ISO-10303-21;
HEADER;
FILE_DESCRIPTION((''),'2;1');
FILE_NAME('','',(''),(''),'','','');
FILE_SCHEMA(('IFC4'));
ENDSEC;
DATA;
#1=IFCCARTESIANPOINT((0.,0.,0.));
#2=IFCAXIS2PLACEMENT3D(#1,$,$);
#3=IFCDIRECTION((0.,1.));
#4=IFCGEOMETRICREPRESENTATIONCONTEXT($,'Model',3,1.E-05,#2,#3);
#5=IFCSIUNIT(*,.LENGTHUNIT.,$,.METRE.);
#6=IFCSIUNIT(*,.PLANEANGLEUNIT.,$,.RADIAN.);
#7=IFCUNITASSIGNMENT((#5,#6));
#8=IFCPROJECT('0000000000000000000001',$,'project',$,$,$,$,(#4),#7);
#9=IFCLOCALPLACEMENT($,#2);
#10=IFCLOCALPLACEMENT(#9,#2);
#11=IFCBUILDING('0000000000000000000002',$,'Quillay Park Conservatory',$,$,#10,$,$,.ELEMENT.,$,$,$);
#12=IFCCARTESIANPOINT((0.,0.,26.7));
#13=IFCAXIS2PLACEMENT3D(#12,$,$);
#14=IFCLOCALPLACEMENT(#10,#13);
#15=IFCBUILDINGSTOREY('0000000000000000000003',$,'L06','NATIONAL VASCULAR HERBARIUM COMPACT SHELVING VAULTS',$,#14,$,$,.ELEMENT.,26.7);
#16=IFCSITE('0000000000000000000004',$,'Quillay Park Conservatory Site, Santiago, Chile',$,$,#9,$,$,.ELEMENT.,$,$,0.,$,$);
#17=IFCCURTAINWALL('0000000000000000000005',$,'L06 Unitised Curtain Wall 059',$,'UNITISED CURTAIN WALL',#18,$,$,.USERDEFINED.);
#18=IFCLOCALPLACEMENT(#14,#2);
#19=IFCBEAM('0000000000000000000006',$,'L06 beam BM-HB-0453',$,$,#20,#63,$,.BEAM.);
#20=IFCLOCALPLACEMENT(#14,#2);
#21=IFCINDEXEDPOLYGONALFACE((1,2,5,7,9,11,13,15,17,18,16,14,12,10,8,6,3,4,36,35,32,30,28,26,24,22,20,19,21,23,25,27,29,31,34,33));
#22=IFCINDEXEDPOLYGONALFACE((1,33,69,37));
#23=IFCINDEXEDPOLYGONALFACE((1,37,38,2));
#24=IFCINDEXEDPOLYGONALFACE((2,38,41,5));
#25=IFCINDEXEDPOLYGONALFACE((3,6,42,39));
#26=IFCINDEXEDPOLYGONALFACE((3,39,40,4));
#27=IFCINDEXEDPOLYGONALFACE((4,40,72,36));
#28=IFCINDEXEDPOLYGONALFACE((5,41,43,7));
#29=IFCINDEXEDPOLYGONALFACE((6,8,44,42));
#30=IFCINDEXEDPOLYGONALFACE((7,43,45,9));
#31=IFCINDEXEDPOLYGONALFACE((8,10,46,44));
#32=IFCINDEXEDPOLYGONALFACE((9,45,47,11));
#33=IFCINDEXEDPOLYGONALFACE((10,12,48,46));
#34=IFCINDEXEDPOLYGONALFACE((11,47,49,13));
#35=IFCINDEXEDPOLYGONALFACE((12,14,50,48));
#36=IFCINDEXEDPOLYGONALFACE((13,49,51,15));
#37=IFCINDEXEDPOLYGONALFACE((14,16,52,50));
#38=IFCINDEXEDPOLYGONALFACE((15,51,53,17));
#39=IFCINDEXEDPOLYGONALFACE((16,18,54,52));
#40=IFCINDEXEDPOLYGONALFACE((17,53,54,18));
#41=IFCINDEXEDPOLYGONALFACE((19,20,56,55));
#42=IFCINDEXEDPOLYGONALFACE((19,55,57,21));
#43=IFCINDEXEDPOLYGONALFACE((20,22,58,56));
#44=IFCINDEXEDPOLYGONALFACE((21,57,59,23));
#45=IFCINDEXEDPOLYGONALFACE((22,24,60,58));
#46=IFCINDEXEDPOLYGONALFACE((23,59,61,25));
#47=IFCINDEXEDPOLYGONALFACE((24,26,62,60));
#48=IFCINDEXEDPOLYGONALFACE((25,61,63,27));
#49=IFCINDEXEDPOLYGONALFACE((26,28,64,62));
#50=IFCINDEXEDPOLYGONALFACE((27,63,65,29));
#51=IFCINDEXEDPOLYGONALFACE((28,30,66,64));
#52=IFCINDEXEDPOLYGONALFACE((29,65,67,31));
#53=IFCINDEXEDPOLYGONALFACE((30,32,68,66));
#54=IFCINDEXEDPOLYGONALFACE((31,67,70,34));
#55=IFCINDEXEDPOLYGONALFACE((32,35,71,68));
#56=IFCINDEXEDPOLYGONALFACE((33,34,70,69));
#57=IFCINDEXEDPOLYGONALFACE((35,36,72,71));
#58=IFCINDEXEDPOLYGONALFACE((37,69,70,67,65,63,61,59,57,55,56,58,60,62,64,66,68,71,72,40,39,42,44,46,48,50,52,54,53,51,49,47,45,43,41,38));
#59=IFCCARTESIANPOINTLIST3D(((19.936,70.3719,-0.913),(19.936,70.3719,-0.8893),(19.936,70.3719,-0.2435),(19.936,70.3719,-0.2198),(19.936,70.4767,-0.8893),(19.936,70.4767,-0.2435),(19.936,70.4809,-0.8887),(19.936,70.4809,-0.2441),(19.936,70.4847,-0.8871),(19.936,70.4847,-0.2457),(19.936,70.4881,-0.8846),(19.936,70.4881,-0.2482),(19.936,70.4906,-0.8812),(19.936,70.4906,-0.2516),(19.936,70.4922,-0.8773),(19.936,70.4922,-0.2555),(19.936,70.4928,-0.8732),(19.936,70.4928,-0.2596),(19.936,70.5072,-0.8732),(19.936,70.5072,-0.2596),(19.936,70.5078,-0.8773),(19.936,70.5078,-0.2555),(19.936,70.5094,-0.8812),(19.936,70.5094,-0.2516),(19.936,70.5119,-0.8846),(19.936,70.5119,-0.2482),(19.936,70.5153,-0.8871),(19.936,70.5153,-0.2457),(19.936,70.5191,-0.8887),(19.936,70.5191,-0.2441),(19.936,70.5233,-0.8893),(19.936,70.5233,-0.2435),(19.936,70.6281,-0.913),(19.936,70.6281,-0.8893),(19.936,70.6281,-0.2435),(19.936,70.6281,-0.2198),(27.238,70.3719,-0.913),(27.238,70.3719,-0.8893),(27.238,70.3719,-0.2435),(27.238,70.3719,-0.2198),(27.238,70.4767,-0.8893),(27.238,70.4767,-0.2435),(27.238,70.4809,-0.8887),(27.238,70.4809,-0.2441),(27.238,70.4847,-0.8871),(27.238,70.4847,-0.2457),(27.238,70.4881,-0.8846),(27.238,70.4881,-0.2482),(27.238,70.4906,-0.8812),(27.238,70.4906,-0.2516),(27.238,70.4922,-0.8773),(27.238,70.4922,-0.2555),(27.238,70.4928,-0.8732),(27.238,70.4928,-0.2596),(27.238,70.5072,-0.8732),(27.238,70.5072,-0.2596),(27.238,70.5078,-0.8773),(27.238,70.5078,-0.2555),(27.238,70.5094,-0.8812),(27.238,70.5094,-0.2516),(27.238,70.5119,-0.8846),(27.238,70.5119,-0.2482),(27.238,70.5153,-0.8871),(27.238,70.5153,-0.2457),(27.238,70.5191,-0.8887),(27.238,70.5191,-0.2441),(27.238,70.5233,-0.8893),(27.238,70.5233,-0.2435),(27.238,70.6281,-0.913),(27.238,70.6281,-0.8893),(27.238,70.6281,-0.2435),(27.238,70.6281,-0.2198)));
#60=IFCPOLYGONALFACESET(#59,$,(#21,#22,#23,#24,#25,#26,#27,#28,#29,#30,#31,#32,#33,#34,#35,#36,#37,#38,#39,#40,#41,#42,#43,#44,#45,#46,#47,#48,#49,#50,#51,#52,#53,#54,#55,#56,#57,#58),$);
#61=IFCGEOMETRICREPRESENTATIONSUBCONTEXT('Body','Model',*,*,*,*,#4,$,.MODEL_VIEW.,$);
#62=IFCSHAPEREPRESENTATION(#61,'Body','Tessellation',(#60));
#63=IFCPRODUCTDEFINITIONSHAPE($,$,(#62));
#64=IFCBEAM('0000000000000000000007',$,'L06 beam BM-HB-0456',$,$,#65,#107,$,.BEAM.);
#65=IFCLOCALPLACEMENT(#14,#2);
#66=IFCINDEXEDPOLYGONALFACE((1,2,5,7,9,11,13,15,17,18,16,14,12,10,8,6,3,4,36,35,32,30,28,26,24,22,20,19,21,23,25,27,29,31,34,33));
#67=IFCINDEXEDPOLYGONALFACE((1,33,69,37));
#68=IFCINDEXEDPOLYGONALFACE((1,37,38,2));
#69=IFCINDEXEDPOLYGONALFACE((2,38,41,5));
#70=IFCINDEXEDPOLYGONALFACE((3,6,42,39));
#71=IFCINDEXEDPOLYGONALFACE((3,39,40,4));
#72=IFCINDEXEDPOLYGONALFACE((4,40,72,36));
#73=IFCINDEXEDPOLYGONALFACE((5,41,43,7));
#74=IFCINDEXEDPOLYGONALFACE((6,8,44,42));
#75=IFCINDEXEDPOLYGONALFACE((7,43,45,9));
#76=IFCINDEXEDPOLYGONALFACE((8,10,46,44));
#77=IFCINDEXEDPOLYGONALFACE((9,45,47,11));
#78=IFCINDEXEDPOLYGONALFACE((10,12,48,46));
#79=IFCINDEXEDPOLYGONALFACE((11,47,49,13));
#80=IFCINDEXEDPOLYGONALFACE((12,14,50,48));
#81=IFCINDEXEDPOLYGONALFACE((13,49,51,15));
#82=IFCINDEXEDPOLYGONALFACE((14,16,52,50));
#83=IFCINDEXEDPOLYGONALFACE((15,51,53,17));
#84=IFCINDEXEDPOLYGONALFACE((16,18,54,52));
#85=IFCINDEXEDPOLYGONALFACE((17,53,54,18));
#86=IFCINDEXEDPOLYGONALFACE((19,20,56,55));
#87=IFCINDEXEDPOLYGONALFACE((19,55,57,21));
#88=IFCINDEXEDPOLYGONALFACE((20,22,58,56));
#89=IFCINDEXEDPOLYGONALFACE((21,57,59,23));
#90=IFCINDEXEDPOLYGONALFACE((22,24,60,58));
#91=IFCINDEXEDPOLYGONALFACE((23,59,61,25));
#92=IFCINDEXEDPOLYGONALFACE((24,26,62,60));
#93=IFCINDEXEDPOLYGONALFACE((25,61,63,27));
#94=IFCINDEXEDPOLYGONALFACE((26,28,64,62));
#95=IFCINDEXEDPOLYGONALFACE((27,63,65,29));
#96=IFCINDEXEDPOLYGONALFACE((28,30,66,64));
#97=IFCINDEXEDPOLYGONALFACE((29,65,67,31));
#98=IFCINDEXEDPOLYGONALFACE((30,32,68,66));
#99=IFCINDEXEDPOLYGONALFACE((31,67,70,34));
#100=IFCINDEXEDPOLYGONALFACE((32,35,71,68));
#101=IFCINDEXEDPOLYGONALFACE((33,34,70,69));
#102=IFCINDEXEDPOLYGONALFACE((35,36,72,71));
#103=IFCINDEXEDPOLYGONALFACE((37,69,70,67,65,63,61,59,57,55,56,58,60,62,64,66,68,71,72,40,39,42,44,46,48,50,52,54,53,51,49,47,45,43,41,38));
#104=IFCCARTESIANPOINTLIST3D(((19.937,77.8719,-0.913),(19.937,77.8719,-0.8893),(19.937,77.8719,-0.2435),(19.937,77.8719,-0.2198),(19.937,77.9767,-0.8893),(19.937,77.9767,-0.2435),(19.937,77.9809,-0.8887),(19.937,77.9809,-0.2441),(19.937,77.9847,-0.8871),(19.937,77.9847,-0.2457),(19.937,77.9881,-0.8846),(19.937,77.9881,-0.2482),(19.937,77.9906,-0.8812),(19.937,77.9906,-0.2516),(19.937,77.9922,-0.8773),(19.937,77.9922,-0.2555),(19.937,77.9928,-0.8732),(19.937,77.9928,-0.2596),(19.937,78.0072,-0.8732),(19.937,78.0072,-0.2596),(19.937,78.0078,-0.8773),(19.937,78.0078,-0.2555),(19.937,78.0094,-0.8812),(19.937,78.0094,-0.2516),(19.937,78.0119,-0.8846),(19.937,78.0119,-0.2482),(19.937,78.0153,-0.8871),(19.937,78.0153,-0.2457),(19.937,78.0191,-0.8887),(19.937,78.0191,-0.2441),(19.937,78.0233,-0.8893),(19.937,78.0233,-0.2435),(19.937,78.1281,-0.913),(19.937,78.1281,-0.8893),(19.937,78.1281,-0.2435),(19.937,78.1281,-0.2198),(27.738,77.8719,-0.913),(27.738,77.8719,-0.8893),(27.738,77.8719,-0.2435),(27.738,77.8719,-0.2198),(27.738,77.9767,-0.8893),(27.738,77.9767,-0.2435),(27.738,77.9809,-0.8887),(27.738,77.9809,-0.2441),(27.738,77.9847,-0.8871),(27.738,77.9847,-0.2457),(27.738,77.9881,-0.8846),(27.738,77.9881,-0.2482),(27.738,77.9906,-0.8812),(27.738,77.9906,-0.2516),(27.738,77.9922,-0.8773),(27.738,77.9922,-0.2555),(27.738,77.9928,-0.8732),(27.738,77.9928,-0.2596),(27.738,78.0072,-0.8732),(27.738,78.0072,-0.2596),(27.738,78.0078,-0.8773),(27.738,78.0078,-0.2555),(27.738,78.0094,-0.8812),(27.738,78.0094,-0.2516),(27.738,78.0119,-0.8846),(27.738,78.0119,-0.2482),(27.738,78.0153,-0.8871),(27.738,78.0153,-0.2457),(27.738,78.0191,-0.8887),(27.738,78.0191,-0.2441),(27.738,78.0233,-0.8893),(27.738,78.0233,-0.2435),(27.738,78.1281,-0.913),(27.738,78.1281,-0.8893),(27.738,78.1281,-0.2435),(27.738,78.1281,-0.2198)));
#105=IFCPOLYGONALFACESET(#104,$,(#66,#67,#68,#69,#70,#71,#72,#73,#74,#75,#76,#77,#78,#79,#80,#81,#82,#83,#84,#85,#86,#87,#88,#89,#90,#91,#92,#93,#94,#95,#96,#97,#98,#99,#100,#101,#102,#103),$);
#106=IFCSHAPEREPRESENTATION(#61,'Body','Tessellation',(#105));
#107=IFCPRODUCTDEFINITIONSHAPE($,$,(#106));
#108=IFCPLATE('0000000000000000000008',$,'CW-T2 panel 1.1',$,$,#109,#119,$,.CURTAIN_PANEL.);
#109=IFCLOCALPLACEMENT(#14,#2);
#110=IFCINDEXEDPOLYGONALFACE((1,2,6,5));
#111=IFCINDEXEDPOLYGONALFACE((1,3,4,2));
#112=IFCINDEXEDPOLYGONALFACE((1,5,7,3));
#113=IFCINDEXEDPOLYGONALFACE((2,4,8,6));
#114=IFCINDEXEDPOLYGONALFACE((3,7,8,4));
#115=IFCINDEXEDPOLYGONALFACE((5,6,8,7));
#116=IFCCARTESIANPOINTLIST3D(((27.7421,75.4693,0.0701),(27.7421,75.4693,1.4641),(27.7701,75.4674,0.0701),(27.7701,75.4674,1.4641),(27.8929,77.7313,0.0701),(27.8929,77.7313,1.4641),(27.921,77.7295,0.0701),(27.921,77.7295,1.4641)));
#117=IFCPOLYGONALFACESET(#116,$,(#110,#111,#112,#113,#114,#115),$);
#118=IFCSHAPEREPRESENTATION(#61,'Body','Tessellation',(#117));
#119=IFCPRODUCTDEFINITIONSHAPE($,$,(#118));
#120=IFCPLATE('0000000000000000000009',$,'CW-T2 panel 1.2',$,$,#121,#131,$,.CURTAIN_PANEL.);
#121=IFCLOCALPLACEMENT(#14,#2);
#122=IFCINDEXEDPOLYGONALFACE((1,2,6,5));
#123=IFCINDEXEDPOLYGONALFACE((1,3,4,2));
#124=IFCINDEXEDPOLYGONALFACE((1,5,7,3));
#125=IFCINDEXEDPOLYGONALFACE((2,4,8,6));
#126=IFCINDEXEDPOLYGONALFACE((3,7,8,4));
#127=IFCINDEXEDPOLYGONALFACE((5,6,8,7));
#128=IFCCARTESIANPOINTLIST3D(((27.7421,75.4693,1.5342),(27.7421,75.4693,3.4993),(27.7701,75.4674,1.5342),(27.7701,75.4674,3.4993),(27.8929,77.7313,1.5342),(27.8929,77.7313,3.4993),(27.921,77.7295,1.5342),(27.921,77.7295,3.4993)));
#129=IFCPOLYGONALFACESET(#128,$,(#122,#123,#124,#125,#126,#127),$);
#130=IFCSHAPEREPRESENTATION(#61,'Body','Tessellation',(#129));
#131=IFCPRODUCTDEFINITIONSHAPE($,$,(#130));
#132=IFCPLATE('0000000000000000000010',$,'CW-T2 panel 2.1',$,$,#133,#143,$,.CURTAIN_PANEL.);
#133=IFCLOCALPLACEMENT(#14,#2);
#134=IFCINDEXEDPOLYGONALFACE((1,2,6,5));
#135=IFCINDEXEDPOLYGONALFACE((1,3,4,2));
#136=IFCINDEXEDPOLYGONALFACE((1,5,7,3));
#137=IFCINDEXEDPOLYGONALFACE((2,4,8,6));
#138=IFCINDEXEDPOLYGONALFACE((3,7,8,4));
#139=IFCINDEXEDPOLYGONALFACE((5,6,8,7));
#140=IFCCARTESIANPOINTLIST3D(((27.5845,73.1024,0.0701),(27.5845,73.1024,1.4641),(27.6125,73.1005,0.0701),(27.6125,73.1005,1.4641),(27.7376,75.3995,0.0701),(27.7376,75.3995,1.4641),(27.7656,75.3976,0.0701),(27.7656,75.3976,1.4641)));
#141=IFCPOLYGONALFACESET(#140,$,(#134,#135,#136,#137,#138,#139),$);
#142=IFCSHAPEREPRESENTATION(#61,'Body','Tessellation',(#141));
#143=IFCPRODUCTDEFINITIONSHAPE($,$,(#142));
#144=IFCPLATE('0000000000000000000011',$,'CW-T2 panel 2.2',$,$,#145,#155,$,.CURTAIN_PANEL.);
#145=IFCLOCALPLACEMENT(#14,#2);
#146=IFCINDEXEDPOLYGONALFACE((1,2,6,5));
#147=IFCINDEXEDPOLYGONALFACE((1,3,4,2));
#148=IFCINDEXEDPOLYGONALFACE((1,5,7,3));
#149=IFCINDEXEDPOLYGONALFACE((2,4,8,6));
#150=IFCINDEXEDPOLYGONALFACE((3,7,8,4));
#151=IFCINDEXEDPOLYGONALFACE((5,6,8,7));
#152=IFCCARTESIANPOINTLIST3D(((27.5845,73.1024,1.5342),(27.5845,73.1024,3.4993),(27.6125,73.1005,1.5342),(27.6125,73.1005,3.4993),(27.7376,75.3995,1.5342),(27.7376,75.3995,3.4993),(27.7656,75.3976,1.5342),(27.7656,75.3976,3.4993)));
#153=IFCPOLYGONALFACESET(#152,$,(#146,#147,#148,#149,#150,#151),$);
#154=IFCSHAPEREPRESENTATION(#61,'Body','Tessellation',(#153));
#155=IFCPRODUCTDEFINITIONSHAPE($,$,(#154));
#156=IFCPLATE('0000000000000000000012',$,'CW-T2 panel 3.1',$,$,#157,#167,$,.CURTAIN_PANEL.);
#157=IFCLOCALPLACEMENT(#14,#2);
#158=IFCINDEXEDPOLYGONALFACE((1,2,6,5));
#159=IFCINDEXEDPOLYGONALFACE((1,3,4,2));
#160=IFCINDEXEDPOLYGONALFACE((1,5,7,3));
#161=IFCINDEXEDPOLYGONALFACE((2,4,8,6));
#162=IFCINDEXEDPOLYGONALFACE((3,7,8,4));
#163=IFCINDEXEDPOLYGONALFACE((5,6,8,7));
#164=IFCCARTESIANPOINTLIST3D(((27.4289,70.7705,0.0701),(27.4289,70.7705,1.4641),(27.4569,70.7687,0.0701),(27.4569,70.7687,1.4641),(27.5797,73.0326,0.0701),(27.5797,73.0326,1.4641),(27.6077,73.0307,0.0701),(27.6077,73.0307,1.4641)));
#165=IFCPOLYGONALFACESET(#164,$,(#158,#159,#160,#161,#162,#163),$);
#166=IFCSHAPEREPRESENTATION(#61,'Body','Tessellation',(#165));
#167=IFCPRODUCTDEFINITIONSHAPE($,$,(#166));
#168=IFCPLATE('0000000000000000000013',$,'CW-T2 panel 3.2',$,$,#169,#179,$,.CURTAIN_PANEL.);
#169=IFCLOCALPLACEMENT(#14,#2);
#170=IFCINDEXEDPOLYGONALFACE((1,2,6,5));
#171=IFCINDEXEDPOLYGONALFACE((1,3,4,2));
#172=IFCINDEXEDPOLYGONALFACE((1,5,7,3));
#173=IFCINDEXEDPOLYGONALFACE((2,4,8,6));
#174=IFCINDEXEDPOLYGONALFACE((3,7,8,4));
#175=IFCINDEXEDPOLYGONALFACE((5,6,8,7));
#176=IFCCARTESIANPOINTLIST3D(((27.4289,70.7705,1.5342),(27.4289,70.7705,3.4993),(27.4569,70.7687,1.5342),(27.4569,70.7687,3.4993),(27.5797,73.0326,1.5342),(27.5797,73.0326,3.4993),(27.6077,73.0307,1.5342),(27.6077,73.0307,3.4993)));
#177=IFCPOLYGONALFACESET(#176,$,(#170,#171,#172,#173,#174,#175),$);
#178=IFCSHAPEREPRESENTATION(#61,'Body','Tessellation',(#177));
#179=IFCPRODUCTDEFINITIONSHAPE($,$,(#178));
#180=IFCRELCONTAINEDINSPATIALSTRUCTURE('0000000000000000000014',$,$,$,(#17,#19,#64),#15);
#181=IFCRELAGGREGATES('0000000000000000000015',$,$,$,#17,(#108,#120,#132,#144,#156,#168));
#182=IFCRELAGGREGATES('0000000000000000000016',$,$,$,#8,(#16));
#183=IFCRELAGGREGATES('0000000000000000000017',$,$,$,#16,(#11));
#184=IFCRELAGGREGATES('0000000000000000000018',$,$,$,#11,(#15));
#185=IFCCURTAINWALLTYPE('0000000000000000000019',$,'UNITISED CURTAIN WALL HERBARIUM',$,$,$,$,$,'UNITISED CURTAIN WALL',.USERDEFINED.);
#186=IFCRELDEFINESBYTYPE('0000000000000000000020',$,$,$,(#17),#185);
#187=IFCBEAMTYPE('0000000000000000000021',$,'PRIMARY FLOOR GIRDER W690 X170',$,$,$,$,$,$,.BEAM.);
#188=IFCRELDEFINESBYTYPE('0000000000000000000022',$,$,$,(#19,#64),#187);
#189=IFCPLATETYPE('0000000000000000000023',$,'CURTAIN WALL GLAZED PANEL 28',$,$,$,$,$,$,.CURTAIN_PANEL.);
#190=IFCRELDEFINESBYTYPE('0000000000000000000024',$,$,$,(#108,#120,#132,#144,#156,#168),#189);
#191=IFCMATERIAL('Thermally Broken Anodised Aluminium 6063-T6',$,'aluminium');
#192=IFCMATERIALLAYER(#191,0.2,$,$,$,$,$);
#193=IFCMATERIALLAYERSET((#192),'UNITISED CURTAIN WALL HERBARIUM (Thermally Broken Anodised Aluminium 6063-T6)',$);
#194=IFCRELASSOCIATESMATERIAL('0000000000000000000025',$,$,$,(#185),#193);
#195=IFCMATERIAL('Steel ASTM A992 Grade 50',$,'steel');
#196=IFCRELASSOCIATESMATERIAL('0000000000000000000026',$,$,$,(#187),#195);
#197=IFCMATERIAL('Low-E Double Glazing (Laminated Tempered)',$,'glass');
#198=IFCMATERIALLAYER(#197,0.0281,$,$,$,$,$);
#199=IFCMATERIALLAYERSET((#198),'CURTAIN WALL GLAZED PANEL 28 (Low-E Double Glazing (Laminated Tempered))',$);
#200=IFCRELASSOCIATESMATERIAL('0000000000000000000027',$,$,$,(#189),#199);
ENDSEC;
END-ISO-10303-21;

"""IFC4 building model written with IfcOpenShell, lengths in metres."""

from ifc_helpers import new_model, si_unit, direction, frame, origin, origin_2d, place, context, subcontext, project, spatial, rectangle, i_section, extrude, material, layer, layer_set, material_profile, profile_set, type_object, element, aggregate, save


model = new_model("IFC4")

# Units and contexts
model_context = context("Model", 3, precision=1e-05, world=origin(), true_north=direction((0.0, 1.0)))
body_context = subcontext(model_context, "Body", "Model", "MODEL_VIEW")
ifc_project = project(units=[si_unit("LENGTHUNIT", "METRE"), si_unit("PLANEANGLEUNIT", "RADIAN")], contexts=[model_context])

# Site, building, storey
site_placement = place(None, origin())
site = spatial("IfcSite", under=ifc_project, at=site_placement, Name="Quillay Park Conservatory Site, Santiago, Chile", CompositionType="ELEMENT", RefElevation=0.0)
building_placement = place(site_placement, origin())
building = spatial("IfcBuilding", under=site, at=building_placement, Name="Quillay Park Conservatory", CompositionType="ELEMENT")
storey_placement = place(building_placement, frame((0.0, 0.0, 26.7)))
storey = spatial("IfcBuildingStorey", under=building, at=storey_placement, Name="L06", Description="NATIONAL VASCULAR HERBARIUM COMPACT SHELVING VAULTS", CompositionType="ELEMENT", Elevation=26.7)

# Curtain wall
ifc_material_1 = material(Name="Thermally Broken Anodised Aluminium 6063-T6", Category="aluminium")
ifc_layer_1 = layer(ifc_material_1, 0.2)
ifc_layer_set_1 = layer_set([ifc_layer_1], Name="UNITISED CURTAIN WALL HERBARIUM (Thermally Broken Anodised Aluminium 6063-T6)")
curtain_wall_type = type_object("IfcCurtainWallType", Name="UNITISED CURTAIN WALL HERBARIUM", ElementType="UNITISED CURTAIN WALL", PredefinedType="USERDEFINED", material=ifc_layer_set_1)
curtain_wall_placement = place(storey_placement, origin())
curtain_wall = element("IfcCurtainWall", 1, at=curtain_wall_placement, inside=storey, type_object=curtain_wall_type, Name="L06 Unitised Curtain Wall 059", ObjectType="UNITISED CURTAIN WALL", PredefinedType="USERDEFINED")

# Beams
ifc_material_2 = material(Name="Steel ASTM A992 Grade 50", Category="steel")
ifc_material_profile_1 = material_profile(ifc_material_2, i_section(OverallWidth=0.2561, OverallDepth=0.6931, WebThickness=0.0144, FlangeThickness=0.0237, FilletRadius=0.0161, at=origin_2d()), Name="W690x170")
ifc_profile_set_1 = profile_set([ifc_material_profile_1], Name="Steel ASTM A992 Grade 50")
beam_type_1 = type_object("IfcBeamType", Name="PRIMARY FLOOR GIRDER W690 X170", PredefinedType="BEAM", material=ifc_profile_set_1)
beam_1_placement = place(storey_placement, frame((19.936, 70.5, -0.5664), z_axis=(1.0, 0.0, 0.0), x_axis=(0.0, 1.0, 0.0)))
element("IfcBeam", 2, at=beam_1_placement, inside=storey, type_object=beam_type_1, Name="L06 beam BM-HB-0453", PredefinedType="BEAM", context=body_context, shape_type="SweptSolid", body=[
    extrude(i_section(OverallWidth=0.2561, OverallDepth=0.6931, WebThickness=0.0144, FlangeThickness=0.0237, FilletRadius=0.0161, at=origin_2d()), origin(), (0.0, 0.0, 1.0), 7.302),
])
beam_2_placement = place(storey_placement, frame((19.937, 78.0, -0.5664), z_axis=(1.0, 0.0, 0.0), x_axis=(0.0, 1.0, 0.0)))
element("IfcBeam", 3, at=beam_2_placement, inside=storey, type_object=beam_type_1, Name="L06 beam BM-HB-0456", PredefinedType="BEAM", context=body_context, shape_type="SweptSolid", body=[
    extrude(i_section(OverallWidth=0.2561, OverallDepth=0.6931, WebThickness=0.0144, FlangeThickness=0.0237, FilletRadius=0.0161, at=origin_2d()), origin(), (0.0, 0.0, 1.0), 7.801),
])

# Plates
ifc_material_3 = material(Name="Low-E Double Glazing (Laminated Tempered)", Category="glass")
ifc_layer_2 = layer(ifc_material_3, 0.0281)
ifc_layer_set_2 = layer_set([ifc_layer_2], Name="CURTAIN WALL GLAZED PANEL 28 (Low-E Double Glazing (Laminated Tempered))")
plate_type = type_object("IfcPlateType", Name="CURTAIN WALL GLAZED PANEL 28", PredefinedType="CURTAIN_PANEL", material=ifc_layer_set_2)
plate_1_placement = place(storey_placement, frame((27.8315, 76.5994, 0.0701), z_axis=(0.0, 0.0, 1.0), x_axis=(-0.066521, -0.997785, 0.0)))
plate_1 = element("IfcPlate", 4, at=plate_1_placement, type_object=plate_type, Name="CW-T2 panel 1.1", PredefinedType="CURTAIN_PANEL", context=body_context, shape_type="SweptSolid", body=[
    extrude(rectangle(XDim=2.2671, YDim=0.0281, at=origin_2d()), origin(), (0.0, 0.0, 1.0), 1.394),
])
plate_2_placement = place(storey_placement, frame((27.8315, 76.5994, 1.5342), z_axis=(0.0, 0.0, 1.0), x_axis=(-0.066521, -0.997785, 0.0)))
plate_2 = element("IfcPlate", 5, at=plate_2_placement, type_object=plate_type, Name="CW-T2 panel 1.2", PredefinedType="CURTAIN_PANEL", context=body_context, shape_type="SweptSolid", body=[
    extrude(rectangle(XDim=2.2671, YDim=0.0281, at=origin_2d()), origin(), (0.0, 0.0, 1.0), 1.9651),
])
plate_3_placement = place(storey_placement, frame((27.675, 74.25, 0.0701), z_axis=(0.0, 0.0, 1.0), x_axis=(-0.066521, -0.997785, 0.0)))
plate_3 = element("IfcPlate", 6, at=plate_3_placement, type_object=plate_type, Name="CW-T2 panel 2.1", PredefinedType="CURTAIN_PANEL", context=body_context, shape_type="SweptSolid", body=[
    extrude(rectangle(XDim=2.3022, YDim=0.0281, at=origin_2d()), origin(), (0.0, 0.0, 1.0), 1.394),
])
plate_4_placement = place(storey_placement, frame((27.675, 74.25, 1.5342), z_axis=(0.0, 0.0, 1.0), x_axis=(-0.066521, -0.997785, 0.0)))
plate_4 = element("IfcPlate", 7, at=plate_4_placement, type_object=plate_type, Name="CW-T2 panel 2.2", PredefinedType="CURTAIN_PANEL", context=body_context, shape_type="SweptSolid", body=[
    extrude(rectangle(XDim=2.3022, YDim=0.0281, at=origin_2d()), origin(), (0.0, 0.0, 1.0), 1.9651),
])
plate_5_placement = place(storey_placement, frame((27.5183, 71.9006, 0.0701), z_axis=(0.0, 0.0, 1.0), x_axis=(-0.066521, -0.997785, 0.0)))
plate_5 = element("IfcPlate", 8, at=plate_5_placement, type_object=plate_type, Name="CW-T2 panel 3.1", PredefinedType="CURTAIN_PANEL", context=body_context, shape_type="SweptSolid", body=[
    extrude(rectangle(XDim=2.2671, YDim=0.0281, at=origin_2d()), origin(), (0.0, 0.0, 1.0), 1.394),
])
plate_6_placement = place(storey_placement, frame((27.5183, 71.9006, 1.5342), z_axis=(0.0, 0.0, 1.0), x_axis=(-0.066521, -0.997785, 0.0)))
plate_6 = element("IfcPlate", 9, at=plate_6_placement, type_object=plate_type, Name="CW-T2 panel 3.2", PredefinedType="CURTAIN_PANEL", context=body_context, shape_type="SweptSolid", body=[
    extrude(rectangle(XDim=2.2671, YDim=0.0281, at=origin_2d()), origin(), (0.0, 0.0, 1.0), 1.9651),
])
aggregate(curtain_wall, [plate_1, plate_2, plate_3, plate_4, plate_5, plate_6])

save(model, "model.ifc")
